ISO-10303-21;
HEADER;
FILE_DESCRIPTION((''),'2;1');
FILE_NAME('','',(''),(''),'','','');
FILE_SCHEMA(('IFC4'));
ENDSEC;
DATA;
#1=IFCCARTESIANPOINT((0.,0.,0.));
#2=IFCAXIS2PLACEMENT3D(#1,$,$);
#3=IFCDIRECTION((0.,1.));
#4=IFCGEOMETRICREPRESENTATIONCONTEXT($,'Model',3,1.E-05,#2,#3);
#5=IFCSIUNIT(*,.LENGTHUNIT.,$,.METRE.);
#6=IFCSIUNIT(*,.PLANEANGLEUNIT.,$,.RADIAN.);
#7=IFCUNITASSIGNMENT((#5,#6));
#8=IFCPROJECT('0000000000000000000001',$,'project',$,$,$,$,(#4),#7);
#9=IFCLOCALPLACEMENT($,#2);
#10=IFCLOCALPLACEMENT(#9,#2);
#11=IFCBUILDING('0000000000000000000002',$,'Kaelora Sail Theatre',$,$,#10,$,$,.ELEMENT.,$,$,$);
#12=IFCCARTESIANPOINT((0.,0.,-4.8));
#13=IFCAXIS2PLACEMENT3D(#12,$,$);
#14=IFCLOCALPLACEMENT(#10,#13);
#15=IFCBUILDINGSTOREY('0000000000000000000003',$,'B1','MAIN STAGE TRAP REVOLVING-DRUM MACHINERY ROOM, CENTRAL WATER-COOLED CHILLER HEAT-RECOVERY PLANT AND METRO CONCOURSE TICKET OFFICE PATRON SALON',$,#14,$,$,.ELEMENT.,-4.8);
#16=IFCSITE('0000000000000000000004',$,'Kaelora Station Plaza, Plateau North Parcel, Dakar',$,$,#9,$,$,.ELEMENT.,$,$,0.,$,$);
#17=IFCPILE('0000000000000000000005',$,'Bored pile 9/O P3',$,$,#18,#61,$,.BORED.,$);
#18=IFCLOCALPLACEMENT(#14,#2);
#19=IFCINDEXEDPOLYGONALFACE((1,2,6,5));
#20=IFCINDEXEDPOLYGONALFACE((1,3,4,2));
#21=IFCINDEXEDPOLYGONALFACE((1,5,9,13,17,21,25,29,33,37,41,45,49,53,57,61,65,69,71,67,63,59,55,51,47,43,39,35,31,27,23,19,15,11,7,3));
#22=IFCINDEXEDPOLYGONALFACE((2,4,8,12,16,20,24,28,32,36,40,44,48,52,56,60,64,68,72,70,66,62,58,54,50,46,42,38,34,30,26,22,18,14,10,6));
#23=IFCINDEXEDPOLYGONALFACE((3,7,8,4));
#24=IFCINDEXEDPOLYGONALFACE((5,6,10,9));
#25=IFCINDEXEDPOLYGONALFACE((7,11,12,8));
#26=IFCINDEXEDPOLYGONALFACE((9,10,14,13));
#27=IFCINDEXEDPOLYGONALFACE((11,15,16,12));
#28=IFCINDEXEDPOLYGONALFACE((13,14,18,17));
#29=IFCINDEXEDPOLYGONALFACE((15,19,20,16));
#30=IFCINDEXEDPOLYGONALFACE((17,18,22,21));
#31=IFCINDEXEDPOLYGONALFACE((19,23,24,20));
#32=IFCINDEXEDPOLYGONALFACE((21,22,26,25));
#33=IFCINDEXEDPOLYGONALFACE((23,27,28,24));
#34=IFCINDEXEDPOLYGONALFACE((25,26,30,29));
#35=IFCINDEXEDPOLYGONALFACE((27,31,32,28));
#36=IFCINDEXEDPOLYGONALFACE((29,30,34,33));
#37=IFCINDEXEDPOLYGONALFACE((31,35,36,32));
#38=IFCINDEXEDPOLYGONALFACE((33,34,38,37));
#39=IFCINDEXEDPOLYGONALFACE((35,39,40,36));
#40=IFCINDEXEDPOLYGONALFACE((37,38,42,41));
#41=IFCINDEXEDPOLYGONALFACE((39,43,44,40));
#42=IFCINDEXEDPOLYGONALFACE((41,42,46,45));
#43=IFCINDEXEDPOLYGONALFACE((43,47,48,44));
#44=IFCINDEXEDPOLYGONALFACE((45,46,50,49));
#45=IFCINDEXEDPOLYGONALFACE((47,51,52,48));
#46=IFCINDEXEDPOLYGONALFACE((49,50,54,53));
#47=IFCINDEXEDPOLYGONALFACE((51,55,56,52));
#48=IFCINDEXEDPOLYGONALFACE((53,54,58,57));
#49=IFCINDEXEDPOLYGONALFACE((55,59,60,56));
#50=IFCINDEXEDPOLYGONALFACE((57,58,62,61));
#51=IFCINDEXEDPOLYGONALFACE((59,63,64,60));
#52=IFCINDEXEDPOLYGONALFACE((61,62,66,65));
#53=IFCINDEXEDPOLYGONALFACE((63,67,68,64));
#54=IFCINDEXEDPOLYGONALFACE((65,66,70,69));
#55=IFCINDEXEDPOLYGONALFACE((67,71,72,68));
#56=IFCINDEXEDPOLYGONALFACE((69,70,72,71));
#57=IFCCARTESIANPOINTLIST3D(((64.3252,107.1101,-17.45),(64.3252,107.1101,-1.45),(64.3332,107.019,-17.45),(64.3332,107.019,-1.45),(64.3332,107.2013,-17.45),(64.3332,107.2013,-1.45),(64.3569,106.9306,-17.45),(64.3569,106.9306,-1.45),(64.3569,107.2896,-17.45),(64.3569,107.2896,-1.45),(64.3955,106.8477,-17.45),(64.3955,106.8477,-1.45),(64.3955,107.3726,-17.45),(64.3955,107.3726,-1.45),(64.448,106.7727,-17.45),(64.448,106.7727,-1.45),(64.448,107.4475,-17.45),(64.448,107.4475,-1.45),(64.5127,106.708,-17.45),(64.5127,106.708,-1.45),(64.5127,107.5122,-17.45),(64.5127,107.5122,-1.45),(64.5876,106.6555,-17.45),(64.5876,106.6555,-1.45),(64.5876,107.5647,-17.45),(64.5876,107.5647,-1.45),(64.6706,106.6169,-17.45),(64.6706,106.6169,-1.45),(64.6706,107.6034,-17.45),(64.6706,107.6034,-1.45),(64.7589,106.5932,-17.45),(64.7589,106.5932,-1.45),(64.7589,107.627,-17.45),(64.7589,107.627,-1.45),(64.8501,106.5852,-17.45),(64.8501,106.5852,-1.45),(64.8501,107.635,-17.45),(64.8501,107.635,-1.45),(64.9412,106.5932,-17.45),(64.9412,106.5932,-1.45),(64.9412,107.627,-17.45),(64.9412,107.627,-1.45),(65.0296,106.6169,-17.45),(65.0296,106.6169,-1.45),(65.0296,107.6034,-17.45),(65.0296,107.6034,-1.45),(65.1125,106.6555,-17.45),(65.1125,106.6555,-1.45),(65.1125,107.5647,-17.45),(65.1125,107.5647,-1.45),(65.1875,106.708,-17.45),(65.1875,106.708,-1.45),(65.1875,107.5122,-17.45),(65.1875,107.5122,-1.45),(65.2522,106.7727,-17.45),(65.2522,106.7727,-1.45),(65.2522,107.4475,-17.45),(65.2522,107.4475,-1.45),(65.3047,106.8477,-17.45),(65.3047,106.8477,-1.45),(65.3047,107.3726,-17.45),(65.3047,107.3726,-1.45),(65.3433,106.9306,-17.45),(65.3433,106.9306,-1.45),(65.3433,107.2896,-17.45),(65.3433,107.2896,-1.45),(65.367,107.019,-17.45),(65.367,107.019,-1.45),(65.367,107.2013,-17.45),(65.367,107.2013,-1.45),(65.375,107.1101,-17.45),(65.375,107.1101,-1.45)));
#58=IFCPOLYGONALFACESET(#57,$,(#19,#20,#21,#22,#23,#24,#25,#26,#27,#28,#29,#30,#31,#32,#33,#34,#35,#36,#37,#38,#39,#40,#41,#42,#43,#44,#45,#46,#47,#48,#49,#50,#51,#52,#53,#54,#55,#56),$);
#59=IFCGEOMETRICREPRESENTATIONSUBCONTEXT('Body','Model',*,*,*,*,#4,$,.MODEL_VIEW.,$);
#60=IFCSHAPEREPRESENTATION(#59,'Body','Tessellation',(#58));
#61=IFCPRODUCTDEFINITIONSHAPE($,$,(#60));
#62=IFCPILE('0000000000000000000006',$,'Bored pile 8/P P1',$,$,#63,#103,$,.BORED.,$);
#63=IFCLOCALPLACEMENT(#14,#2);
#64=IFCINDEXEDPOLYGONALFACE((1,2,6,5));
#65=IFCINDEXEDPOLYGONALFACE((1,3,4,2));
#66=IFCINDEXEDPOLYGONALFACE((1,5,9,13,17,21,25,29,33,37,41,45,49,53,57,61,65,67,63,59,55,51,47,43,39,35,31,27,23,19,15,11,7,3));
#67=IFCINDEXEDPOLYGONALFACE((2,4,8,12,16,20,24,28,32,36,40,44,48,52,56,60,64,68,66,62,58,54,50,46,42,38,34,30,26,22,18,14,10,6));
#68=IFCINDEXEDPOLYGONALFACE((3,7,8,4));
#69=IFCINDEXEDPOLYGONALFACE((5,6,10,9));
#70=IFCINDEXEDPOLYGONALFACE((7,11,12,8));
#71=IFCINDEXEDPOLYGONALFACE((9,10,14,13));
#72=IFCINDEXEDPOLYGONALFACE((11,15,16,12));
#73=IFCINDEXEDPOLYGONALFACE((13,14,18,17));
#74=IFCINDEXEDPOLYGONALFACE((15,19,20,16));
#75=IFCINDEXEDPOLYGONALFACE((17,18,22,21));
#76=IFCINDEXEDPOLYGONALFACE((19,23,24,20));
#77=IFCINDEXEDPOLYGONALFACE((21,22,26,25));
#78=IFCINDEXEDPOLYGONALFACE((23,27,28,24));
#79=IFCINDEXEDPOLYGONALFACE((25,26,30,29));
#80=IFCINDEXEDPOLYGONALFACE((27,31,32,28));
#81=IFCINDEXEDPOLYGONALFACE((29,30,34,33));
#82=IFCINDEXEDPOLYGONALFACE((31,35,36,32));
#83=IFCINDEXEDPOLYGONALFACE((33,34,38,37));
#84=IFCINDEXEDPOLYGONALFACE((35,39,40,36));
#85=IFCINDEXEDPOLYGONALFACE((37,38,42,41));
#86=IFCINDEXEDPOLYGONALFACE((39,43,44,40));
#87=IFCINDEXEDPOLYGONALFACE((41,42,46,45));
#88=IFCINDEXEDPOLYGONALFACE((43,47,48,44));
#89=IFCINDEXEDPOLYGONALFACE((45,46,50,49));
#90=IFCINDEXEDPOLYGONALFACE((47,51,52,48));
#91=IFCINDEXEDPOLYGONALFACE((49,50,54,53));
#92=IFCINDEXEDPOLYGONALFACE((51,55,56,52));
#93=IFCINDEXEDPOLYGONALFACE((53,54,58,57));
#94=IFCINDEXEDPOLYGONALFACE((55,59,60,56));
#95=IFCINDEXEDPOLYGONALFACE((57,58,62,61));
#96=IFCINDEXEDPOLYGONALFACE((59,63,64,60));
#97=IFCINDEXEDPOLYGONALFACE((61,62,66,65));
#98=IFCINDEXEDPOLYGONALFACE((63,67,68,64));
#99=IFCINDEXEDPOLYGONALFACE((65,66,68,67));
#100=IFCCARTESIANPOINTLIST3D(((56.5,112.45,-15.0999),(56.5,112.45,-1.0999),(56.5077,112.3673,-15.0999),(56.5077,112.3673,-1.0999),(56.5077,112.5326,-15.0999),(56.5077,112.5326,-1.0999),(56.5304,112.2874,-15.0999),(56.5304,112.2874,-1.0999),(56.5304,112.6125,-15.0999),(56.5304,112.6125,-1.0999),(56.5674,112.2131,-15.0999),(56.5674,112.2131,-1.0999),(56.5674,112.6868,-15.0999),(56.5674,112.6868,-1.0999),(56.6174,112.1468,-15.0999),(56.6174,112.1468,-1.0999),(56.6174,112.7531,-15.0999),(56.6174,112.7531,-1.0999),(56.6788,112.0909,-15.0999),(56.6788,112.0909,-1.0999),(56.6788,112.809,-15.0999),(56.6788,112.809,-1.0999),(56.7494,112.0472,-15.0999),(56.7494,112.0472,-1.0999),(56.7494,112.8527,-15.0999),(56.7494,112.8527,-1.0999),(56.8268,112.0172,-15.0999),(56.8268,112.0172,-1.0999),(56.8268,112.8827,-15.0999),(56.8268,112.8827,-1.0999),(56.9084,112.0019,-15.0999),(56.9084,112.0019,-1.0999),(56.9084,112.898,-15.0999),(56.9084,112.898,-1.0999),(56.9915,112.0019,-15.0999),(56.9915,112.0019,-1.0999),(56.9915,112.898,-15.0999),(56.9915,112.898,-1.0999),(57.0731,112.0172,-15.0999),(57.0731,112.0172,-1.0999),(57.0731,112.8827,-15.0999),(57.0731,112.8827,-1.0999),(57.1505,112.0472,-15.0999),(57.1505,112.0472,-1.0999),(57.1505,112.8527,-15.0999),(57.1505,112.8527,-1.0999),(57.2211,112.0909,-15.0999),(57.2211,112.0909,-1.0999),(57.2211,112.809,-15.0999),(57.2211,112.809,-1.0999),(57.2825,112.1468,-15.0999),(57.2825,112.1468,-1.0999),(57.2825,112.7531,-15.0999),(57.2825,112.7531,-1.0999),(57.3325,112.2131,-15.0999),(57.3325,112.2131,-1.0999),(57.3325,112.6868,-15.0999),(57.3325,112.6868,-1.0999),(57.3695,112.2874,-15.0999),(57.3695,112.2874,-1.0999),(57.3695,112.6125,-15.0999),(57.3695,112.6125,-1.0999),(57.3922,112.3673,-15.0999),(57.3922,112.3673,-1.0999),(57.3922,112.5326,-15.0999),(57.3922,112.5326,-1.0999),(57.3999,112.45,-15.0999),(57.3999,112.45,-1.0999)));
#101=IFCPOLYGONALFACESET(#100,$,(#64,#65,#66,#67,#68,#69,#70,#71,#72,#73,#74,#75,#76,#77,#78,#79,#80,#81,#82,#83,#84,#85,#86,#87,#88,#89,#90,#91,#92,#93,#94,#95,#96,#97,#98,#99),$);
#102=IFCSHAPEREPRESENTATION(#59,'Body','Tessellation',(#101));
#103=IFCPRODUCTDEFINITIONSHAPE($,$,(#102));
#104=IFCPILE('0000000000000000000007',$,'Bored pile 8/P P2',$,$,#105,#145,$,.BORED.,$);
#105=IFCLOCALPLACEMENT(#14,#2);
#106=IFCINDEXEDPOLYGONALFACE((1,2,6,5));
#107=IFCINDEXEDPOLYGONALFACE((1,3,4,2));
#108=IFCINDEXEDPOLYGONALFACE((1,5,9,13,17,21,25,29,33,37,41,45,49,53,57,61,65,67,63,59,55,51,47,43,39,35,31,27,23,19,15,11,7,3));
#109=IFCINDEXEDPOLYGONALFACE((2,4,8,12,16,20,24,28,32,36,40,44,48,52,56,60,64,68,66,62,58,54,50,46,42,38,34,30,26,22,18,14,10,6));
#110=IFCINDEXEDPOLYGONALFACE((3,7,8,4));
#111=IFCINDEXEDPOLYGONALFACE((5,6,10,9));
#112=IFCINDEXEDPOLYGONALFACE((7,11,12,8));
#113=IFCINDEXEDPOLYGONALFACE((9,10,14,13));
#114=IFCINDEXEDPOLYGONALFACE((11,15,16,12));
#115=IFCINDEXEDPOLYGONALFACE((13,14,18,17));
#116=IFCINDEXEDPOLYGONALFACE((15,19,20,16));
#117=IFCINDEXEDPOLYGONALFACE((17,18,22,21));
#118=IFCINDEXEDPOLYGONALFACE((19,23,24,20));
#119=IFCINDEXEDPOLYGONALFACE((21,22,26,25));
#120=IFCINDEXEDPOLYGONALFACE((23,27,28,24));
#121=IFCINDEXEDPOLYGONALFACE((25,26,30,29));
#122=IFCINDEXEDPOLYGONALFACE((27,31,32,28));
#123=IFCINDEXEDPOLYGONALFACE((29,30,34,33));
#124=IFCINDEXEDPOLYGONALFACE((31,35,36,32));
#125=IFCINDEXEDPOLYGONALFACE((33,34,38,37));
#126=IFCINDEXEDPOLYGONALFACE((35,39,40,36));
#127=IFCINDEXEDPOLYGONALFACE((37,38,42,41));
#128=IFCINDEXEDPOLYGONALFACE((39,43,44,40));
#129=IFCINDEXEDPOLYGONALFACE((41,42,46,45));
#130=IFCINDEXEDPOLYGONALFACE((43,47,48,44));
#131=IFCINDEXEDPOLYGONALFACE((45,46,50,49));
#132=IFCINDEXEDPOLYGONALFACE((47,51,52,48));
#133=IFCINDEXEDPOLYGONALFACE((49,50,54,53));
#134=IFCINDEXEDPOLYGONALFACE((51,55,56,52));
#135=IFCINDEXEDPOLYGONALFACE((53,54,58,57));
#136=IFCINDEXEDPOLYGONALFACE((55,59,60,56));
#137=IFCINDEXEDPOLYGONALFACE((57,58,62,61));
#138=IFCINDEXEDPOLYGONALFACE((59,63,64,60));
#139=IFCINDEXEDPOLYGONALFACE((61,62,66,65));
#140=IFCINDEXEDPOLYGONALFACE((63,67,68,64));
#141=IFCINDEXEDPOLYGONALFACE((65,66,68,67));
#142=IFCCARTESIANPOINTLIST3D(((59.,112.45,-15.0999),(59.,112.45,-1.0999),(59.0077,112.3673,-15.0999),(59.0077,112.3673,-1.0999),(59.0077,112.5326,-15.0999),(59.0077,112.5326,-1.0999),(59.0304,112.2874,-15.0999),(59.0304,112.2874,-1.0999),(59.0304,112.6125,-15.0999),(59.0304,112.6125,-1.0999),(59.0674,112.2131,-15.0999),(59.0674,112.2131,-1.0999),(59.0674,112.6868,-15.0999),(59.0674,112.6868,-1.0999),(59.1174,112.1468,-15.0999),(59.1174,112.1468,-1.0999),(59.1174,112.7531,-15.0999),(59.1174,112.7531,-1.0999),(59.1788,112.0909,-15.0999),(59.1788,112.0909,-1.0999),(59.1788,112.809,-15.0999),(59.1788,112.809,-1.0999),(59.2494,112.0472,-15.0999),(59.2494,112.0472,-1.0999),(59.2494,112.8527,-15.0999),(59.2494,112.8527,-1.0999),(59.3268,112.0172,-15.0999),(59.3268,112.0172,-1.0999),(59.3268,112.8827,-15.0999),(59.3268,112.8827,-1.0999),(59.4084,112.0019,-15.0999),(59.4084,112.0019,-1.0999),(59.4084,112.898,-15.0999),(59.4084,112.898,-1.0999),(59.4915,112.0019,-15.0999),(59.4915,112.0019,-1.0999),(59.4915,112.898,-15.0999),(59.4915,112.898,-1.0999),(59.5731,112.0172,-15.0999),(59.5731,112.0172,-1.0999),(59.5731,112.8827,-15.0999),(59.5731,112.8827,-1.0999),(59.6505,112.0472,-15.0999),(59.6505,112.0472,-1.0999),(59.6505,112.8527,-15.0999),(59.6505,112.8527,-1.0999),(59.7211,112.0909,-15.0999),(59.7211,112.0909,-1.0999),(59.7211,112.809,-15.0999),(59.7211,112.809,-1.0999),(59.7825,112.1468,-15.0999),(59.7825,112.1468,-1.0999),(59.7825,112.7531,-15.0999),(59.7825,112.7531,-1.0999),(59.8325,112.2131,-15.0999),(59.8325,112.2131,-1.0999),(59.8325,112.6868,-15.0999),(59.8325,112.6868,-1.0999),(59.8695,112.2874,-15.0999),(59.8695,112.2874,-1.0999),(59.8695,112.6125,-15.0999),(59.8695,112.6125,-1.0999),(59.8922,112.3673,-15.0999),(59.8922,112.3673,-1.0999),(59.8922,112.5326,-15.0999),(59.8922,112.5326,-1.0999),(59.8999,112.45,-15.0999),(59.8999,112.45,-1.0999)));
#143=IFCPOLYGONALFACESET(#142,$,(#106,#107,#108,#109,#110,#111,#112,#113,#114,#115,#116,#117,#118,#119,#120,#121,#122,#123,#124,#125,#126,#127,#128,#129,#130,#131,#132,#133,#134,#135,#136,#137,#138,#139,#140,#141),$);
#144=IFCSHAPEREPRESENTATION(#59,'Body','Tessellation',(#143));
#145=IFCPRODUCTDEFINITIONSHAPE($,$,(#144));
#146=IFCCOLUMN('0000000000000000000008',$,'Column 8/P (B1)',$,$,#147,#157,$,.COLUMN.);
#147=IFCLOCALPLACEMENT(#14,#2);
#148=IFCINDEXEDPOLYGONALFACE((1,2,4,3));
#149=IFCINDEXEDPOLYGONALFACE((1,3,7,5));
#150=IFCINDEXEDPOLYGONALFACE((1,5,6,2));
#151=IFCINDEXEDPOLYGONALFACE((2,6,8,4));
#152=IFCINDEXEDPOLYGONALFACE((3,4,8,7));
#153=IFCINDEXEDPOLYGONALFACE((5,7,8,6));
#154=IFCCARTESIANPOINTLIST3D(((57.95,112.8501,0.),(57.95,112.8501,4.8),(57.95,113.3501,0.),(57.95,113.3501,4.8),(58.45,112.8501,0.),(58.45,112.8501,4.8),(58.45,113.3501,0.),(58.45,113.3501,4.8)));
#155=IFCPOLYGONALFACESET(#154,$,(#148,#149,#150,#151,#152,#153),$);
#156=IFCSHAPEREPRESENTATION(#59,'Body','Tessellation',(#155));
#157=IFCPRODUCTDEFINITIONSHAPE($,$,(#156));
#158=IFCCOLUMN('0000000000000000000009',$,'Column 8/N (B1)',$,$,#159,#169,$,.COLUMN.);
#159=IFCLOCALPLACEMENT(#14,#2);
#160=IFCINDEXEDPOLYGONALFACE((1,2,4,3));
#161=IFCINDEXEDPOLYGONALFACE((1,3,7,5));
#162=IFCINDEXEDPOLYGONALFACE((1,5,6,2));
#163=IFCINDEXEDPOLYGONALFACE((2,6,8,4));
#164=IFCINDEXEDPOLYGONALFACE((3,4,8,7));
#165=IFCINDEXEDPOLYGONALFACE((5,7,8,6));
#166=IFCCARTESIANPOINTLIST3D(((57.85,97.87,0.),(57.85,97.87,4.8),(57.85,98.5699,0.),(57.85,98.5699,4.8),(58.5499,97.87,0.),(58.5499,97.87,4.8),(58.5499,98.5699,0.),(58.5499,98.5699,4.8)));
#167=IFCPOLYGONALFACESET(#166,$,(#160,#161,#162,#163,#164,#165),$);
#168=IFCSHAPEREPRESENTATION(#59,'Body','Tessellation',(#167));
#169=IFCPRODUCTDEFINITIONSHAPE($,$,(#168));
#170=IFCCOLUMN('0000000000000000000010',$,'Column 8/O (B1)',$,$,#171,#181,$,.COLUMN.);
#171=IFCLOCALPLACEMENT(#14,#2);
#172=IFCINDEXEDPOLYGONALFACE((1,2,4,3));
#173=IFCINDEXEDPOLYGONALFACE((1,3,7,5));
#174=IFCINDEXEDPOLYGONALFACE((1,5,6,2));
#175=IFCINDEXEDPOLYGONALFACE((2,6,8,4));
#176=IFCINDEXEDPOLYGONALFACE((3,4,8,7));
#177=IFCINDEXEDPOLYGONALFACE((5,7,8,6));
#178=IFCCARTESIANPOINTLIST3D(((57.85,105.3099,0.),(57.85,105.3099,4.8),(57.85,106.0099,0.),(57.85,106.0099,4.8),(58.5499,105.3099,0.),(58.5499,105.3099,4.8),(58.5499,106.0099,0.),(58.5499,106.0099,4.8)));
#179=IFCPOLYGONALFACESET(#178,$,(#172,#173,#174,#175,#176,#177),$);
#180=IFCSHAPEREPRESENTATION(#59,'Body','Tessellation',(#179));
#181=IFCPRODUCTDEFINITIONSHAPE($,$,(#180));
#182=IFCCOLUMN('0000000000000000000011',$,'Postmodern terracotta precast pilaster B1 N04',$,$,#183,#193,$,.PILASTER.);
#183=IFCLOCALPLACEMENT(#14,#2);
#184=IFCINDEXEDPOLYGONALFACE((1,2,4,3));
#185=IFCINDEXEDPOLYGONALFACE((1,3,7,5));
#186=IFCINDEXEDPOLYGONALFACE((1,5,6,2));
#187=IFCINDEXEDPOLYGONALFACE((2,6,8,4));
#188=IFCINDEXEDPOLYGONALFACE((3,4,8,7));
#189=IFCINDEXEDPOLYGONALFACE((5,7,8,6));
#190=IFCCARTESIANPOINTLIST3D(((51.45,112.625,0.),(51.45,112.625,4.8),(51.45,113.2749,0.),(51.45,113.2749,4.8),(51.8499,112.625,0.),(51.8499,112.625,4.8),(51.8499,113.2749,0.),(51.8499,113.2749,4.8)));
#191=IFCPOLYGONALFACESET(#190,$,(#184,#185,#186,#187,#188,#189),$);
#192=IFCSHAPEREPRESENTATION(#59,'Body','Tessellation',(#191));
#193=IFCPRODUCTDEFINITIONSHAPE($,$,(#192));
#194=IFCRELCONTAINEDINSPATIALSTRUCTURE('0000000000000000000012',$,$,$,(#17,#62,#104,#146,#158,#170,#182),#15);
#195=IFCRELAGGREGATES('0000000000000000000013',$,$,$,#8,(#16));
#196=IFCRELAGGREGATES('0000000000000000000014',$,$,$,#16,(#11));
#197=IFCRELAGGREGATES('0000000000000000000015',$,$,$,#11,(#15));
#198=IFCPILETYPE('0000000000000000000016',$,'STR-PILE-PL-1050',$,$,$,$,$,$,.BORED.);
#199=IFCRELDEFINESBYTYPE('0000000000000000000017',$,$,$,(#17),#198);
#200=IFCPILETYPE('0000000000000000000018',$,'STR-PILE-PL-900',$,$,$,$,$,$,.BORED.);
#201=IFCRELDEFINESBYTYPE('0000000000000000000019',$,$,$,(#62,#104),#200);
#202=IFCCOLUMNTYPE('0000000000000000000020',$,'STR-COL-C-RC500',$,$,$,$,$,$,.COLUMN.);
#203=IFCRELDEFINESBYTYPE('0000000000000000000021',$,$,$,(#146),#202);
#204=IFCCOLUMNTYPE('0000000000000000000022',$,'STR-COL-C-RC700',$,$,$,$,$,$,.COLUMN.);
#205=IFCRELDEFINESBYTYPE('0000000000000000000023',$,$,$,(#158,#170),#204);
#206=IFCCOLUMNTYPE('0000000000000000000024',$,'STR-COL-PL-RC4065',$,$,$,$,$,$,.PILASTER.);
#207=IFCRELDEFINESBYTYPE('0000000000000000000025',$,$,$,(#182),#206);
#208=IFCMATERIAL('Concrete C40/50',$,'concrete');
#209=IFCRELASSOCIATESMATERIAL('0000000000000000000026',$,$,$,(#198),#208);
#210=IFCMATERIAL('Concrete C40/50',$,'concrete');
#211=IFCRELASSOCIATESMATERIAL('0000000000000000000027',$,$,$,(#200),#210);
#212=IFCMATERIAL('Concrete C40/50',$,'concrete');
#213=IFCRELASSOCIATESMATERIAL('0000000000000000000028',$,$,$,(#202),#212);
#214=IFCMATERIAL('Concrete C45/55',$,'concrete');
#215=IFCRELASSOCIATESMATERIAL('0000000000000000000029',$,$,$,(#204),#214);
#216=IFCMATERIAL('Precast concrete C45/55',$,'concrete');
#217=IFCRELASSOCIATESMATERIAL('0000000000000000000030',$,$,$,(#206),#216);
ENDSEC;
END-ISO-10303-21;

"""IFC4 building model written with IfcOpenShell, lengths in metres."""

from ifc_helpers import new_model, si_unit, direction, frame, origin, origin_2d, place, context, subcontext, project, spatial, rectangle, circle, extrude, material, material_profile, profile_set, type_object, element, save


model = new_model("IFC4")

# Units and contexts
model_context = context("Model", 3, precision=1e-05, world=origin(), true_north=direction((0.0, 1.0)))
body_context = subcontext(model_context, "Body", "Model", "MODEL_VIEW")
ifc_project = project(units=[si_unit("LENGTHUNIT", "METRE"), si_unit("PLANEANGLEUNIT", "RADIAN")], contexts=[model_context])

# Site, building, storey
site_placement = place(None, origin())
site = spatial("IfcSite", under=ifc_project, at=site_placement, Name="Kaelora Station Plaza, Plateau North Parcel, Dakar", CompositionType="ELEMENT", RefElevation=0.0)
building_placement = place(site_placement, origin())
building = spatial("IfcBuilding", under=site, at=building_placement, Name="Kaelora Sail Theatre", CompositionType="ELEMENT")
storey_placement = place(building_placement, frame((0.0, 0.0, -4.8)))
storey = spatial("IfcBuildingStorey", under=building, at=storey_placement, Name="B1", Description="MAIN STAGE TRAP REVOLVING-DRUM MACHINERY ROOM, CENTRAL WATER-COOLED CHILLER HEAT-RECOVERY PLANT AND METRO CONCOURSE TICKET OFFICE PATRON SALON", CompositionType="ELEMENT", Elevation=-4.8)

# Piles
ifc_material_1 = material(Name="Concrete C40/50", Category="concrete")
ifc_material_profile_1 = material_profile(ifc_material_1, circle(Radius=0.5249, at=origin_2d()), Name="PILE D1050")
ifc_profile_set_1 = profile_set([ifc_material_profile_1], Name="Concrete C40/50")
pile_type_1 = type_object("IfcPileType", Name="STR-PILE-PL-1050", PredefinedType="BORED", material=ifc_profile_set_1)
for number, where, z_axis, x_axis, name in (
    (1, (64.8501, 107.1101, -1.45), (0.0, 0.0, -1.0), (1.0, 0.0, 0.0), "Bored pile 9/O P3"),
):
    element("IfcPile", number, at=place(storey_placement, frame(where, z_axis=z_axis, x_axis=x_axis)), inside=storey, type_object=pile_type_1, Name=name, PredefinedType="BORED", context=body_context, shape_type="SweptSolid", body=[
        extrude(circle(Radius=0.5249, at=origin_2d()), origin(), (0.0, 0.0, 1.0), 16.0),
    ])
ifc_material_2 = material(Name="Concrete C40/50", Category="concrete")
ifc_material_profile_2 = material_profile(ifc_material_2, circle(Radius=0.45, at=origin_2d()), Name="PILE D900")
ifc_profile_set_2 = profile_set([ifc_material_profile_2], Name="Concrete C40/50")
pile_type_2 = type_object("IfcPileType", Name="STR-PILE-PL-900", PredefinedType="BORED", material=ifc_profile_set_2)
for number, where, z_axis, x_axis, name in (
    (2, (56.95, 112.45, -1.0999), (0.0, 0.0, -1.0), (1.0, 0.0, 0.0), "Bored pile 8/P P1"),
    (3, (59.45, 112.45, -1.0999), (0.0, 0.0, -1.0), (1.0, 0.0, 0.0), "Bored pile 8/P P2"),
):
    element("IfcPile", number, at=place(storey_placement, frame(where, z_axis=z_axis, x_axis=x_axis)), inside=storey, type_object=pile_type_2, Name=name, PredefinedType="BORED", context=body_context, shape_type="SweptSolid", body=[
        extrude(circle(Radius=0.45, at=origin_2d()), origin(), (0.0, 0.0, 1.0), 14.0),
    ])

# Columns
ifc_material_3 = material(Name="Concrete C40/50", Category="concrete")
ifc_material_profile_3 = material_profile(ifc_material_3, rectangle(XDim=0.5, YDim=0.5, at=origin_2d()), Name="RC-COL 500x500")
ifc_profile_set_3 = profile_set([ifc_material_profile_3], Name="Concrete C40/50")
column_type_1 = type_object("IfcColumnType", Name="STR-COL-C-RC500", PredefinedType="COLUMN", material=ifc_profile_set_3)
column_1_placement = place(storey_placement, frame((58.2, 113.1001, 0.0), z_axis=(0.0, 0.0, 1.0), x_axis=(1.0, 0.0, 0.0)))
element("IfcColumn", 4, at=column_1_placement, inside=storey, type_object=column_type_1, Name="Column 8/P (B1)", PredefinedType="COLUMN", context=body_context, shape_type="SweptSolid", body=[
    extrude(rectangle(XDim=0.5, YDim=0.5, at=origin_2d()), origin(), (0.0, 0.0, 1.0), 4.8),
])
ifc_material_4 = material(Name="Concrete C45/55", Category="concrete")
ifc_material_profile_4 = material_profile(ifc_material_4, rectangle(XDim=0.7, YDim=0.7, at=origin_2d()), Name="RC-COL 700x700")
ifc_profile_set_4 = profile_set([ifc_material_profile_4], Name="Concrete C45/55")
column_type_2 = type_object("IfcColumnType", Name="STR-COL-C-RC700", PredefinedType="COLUMN", material=ifc_profile_set_4)
for number, where, z_axis, x_axis, name in (
    (5, (58.2, 98.22, 0.0), (0.0, 0.0, 1.0), (1.0, 0.0, 0.0), "Column 8/N (B1)"),
    (6, (58.2, 105.6599, 0.0), (0.0, 0.0, 1.0), (1.0, 0.0, 0.0), "Column 8/O (B1)"),
):
    element("IfcColumn", number, at=place(storey_placement, frame(where, z_axis=z_axis, x_axis=x_axis)), inside=storey, type_object=column_type_2, Name=name, PredefinedType="COLUMN", context=body_context, shape_type="SweptSolid", body=[
        extrude(rectangle(XDim=0.7, YDim=0.7, at=origin_2d()), origin(), (0.0, 0.0, 1.0), 4.8),
    ])
ifc_material_5 = material(Name="Precast concrete C45/55", Category="concrete")
ifc_material_profile_5 = material_profile(ifc_material_5, rectangle(XDim=0.3999, YDim=0.6499, at=origin_2d()), Name="RC-PIL 400x650")
ifc_profile_set_5 = profile_set([ifc_material_profile_5], Name="Precast concrete C45/55")
column_type_3 = type_object("IfcColumnType", Name="STR-COL-PL-RC4065", PredefinedType="PILASTER", material=ifc_profile_set_5)
column_2_placement = place(storey_placement, frame((51.6499, 112.95, 0.0), z_axis=(0.0, 0.0, 1.0), x_axis=(1.0, 0.0, 0.0)))
element("IfcColumn", 7, at=column_2_placement, inside=storey, type_object=column_type_3, Name="Postmodern terracotta precast pilaster B1 N04", PredefinedType="PILASTER", context=body_context, shape_type="SweptSolid", body=[
    extrude(rectangle(XDim=0.3999, YDim=0.6499, at=origin_2d()), origin(), (0.0, 0.0, 1.0), 4.8),
])

save(model, "model.ifc")
